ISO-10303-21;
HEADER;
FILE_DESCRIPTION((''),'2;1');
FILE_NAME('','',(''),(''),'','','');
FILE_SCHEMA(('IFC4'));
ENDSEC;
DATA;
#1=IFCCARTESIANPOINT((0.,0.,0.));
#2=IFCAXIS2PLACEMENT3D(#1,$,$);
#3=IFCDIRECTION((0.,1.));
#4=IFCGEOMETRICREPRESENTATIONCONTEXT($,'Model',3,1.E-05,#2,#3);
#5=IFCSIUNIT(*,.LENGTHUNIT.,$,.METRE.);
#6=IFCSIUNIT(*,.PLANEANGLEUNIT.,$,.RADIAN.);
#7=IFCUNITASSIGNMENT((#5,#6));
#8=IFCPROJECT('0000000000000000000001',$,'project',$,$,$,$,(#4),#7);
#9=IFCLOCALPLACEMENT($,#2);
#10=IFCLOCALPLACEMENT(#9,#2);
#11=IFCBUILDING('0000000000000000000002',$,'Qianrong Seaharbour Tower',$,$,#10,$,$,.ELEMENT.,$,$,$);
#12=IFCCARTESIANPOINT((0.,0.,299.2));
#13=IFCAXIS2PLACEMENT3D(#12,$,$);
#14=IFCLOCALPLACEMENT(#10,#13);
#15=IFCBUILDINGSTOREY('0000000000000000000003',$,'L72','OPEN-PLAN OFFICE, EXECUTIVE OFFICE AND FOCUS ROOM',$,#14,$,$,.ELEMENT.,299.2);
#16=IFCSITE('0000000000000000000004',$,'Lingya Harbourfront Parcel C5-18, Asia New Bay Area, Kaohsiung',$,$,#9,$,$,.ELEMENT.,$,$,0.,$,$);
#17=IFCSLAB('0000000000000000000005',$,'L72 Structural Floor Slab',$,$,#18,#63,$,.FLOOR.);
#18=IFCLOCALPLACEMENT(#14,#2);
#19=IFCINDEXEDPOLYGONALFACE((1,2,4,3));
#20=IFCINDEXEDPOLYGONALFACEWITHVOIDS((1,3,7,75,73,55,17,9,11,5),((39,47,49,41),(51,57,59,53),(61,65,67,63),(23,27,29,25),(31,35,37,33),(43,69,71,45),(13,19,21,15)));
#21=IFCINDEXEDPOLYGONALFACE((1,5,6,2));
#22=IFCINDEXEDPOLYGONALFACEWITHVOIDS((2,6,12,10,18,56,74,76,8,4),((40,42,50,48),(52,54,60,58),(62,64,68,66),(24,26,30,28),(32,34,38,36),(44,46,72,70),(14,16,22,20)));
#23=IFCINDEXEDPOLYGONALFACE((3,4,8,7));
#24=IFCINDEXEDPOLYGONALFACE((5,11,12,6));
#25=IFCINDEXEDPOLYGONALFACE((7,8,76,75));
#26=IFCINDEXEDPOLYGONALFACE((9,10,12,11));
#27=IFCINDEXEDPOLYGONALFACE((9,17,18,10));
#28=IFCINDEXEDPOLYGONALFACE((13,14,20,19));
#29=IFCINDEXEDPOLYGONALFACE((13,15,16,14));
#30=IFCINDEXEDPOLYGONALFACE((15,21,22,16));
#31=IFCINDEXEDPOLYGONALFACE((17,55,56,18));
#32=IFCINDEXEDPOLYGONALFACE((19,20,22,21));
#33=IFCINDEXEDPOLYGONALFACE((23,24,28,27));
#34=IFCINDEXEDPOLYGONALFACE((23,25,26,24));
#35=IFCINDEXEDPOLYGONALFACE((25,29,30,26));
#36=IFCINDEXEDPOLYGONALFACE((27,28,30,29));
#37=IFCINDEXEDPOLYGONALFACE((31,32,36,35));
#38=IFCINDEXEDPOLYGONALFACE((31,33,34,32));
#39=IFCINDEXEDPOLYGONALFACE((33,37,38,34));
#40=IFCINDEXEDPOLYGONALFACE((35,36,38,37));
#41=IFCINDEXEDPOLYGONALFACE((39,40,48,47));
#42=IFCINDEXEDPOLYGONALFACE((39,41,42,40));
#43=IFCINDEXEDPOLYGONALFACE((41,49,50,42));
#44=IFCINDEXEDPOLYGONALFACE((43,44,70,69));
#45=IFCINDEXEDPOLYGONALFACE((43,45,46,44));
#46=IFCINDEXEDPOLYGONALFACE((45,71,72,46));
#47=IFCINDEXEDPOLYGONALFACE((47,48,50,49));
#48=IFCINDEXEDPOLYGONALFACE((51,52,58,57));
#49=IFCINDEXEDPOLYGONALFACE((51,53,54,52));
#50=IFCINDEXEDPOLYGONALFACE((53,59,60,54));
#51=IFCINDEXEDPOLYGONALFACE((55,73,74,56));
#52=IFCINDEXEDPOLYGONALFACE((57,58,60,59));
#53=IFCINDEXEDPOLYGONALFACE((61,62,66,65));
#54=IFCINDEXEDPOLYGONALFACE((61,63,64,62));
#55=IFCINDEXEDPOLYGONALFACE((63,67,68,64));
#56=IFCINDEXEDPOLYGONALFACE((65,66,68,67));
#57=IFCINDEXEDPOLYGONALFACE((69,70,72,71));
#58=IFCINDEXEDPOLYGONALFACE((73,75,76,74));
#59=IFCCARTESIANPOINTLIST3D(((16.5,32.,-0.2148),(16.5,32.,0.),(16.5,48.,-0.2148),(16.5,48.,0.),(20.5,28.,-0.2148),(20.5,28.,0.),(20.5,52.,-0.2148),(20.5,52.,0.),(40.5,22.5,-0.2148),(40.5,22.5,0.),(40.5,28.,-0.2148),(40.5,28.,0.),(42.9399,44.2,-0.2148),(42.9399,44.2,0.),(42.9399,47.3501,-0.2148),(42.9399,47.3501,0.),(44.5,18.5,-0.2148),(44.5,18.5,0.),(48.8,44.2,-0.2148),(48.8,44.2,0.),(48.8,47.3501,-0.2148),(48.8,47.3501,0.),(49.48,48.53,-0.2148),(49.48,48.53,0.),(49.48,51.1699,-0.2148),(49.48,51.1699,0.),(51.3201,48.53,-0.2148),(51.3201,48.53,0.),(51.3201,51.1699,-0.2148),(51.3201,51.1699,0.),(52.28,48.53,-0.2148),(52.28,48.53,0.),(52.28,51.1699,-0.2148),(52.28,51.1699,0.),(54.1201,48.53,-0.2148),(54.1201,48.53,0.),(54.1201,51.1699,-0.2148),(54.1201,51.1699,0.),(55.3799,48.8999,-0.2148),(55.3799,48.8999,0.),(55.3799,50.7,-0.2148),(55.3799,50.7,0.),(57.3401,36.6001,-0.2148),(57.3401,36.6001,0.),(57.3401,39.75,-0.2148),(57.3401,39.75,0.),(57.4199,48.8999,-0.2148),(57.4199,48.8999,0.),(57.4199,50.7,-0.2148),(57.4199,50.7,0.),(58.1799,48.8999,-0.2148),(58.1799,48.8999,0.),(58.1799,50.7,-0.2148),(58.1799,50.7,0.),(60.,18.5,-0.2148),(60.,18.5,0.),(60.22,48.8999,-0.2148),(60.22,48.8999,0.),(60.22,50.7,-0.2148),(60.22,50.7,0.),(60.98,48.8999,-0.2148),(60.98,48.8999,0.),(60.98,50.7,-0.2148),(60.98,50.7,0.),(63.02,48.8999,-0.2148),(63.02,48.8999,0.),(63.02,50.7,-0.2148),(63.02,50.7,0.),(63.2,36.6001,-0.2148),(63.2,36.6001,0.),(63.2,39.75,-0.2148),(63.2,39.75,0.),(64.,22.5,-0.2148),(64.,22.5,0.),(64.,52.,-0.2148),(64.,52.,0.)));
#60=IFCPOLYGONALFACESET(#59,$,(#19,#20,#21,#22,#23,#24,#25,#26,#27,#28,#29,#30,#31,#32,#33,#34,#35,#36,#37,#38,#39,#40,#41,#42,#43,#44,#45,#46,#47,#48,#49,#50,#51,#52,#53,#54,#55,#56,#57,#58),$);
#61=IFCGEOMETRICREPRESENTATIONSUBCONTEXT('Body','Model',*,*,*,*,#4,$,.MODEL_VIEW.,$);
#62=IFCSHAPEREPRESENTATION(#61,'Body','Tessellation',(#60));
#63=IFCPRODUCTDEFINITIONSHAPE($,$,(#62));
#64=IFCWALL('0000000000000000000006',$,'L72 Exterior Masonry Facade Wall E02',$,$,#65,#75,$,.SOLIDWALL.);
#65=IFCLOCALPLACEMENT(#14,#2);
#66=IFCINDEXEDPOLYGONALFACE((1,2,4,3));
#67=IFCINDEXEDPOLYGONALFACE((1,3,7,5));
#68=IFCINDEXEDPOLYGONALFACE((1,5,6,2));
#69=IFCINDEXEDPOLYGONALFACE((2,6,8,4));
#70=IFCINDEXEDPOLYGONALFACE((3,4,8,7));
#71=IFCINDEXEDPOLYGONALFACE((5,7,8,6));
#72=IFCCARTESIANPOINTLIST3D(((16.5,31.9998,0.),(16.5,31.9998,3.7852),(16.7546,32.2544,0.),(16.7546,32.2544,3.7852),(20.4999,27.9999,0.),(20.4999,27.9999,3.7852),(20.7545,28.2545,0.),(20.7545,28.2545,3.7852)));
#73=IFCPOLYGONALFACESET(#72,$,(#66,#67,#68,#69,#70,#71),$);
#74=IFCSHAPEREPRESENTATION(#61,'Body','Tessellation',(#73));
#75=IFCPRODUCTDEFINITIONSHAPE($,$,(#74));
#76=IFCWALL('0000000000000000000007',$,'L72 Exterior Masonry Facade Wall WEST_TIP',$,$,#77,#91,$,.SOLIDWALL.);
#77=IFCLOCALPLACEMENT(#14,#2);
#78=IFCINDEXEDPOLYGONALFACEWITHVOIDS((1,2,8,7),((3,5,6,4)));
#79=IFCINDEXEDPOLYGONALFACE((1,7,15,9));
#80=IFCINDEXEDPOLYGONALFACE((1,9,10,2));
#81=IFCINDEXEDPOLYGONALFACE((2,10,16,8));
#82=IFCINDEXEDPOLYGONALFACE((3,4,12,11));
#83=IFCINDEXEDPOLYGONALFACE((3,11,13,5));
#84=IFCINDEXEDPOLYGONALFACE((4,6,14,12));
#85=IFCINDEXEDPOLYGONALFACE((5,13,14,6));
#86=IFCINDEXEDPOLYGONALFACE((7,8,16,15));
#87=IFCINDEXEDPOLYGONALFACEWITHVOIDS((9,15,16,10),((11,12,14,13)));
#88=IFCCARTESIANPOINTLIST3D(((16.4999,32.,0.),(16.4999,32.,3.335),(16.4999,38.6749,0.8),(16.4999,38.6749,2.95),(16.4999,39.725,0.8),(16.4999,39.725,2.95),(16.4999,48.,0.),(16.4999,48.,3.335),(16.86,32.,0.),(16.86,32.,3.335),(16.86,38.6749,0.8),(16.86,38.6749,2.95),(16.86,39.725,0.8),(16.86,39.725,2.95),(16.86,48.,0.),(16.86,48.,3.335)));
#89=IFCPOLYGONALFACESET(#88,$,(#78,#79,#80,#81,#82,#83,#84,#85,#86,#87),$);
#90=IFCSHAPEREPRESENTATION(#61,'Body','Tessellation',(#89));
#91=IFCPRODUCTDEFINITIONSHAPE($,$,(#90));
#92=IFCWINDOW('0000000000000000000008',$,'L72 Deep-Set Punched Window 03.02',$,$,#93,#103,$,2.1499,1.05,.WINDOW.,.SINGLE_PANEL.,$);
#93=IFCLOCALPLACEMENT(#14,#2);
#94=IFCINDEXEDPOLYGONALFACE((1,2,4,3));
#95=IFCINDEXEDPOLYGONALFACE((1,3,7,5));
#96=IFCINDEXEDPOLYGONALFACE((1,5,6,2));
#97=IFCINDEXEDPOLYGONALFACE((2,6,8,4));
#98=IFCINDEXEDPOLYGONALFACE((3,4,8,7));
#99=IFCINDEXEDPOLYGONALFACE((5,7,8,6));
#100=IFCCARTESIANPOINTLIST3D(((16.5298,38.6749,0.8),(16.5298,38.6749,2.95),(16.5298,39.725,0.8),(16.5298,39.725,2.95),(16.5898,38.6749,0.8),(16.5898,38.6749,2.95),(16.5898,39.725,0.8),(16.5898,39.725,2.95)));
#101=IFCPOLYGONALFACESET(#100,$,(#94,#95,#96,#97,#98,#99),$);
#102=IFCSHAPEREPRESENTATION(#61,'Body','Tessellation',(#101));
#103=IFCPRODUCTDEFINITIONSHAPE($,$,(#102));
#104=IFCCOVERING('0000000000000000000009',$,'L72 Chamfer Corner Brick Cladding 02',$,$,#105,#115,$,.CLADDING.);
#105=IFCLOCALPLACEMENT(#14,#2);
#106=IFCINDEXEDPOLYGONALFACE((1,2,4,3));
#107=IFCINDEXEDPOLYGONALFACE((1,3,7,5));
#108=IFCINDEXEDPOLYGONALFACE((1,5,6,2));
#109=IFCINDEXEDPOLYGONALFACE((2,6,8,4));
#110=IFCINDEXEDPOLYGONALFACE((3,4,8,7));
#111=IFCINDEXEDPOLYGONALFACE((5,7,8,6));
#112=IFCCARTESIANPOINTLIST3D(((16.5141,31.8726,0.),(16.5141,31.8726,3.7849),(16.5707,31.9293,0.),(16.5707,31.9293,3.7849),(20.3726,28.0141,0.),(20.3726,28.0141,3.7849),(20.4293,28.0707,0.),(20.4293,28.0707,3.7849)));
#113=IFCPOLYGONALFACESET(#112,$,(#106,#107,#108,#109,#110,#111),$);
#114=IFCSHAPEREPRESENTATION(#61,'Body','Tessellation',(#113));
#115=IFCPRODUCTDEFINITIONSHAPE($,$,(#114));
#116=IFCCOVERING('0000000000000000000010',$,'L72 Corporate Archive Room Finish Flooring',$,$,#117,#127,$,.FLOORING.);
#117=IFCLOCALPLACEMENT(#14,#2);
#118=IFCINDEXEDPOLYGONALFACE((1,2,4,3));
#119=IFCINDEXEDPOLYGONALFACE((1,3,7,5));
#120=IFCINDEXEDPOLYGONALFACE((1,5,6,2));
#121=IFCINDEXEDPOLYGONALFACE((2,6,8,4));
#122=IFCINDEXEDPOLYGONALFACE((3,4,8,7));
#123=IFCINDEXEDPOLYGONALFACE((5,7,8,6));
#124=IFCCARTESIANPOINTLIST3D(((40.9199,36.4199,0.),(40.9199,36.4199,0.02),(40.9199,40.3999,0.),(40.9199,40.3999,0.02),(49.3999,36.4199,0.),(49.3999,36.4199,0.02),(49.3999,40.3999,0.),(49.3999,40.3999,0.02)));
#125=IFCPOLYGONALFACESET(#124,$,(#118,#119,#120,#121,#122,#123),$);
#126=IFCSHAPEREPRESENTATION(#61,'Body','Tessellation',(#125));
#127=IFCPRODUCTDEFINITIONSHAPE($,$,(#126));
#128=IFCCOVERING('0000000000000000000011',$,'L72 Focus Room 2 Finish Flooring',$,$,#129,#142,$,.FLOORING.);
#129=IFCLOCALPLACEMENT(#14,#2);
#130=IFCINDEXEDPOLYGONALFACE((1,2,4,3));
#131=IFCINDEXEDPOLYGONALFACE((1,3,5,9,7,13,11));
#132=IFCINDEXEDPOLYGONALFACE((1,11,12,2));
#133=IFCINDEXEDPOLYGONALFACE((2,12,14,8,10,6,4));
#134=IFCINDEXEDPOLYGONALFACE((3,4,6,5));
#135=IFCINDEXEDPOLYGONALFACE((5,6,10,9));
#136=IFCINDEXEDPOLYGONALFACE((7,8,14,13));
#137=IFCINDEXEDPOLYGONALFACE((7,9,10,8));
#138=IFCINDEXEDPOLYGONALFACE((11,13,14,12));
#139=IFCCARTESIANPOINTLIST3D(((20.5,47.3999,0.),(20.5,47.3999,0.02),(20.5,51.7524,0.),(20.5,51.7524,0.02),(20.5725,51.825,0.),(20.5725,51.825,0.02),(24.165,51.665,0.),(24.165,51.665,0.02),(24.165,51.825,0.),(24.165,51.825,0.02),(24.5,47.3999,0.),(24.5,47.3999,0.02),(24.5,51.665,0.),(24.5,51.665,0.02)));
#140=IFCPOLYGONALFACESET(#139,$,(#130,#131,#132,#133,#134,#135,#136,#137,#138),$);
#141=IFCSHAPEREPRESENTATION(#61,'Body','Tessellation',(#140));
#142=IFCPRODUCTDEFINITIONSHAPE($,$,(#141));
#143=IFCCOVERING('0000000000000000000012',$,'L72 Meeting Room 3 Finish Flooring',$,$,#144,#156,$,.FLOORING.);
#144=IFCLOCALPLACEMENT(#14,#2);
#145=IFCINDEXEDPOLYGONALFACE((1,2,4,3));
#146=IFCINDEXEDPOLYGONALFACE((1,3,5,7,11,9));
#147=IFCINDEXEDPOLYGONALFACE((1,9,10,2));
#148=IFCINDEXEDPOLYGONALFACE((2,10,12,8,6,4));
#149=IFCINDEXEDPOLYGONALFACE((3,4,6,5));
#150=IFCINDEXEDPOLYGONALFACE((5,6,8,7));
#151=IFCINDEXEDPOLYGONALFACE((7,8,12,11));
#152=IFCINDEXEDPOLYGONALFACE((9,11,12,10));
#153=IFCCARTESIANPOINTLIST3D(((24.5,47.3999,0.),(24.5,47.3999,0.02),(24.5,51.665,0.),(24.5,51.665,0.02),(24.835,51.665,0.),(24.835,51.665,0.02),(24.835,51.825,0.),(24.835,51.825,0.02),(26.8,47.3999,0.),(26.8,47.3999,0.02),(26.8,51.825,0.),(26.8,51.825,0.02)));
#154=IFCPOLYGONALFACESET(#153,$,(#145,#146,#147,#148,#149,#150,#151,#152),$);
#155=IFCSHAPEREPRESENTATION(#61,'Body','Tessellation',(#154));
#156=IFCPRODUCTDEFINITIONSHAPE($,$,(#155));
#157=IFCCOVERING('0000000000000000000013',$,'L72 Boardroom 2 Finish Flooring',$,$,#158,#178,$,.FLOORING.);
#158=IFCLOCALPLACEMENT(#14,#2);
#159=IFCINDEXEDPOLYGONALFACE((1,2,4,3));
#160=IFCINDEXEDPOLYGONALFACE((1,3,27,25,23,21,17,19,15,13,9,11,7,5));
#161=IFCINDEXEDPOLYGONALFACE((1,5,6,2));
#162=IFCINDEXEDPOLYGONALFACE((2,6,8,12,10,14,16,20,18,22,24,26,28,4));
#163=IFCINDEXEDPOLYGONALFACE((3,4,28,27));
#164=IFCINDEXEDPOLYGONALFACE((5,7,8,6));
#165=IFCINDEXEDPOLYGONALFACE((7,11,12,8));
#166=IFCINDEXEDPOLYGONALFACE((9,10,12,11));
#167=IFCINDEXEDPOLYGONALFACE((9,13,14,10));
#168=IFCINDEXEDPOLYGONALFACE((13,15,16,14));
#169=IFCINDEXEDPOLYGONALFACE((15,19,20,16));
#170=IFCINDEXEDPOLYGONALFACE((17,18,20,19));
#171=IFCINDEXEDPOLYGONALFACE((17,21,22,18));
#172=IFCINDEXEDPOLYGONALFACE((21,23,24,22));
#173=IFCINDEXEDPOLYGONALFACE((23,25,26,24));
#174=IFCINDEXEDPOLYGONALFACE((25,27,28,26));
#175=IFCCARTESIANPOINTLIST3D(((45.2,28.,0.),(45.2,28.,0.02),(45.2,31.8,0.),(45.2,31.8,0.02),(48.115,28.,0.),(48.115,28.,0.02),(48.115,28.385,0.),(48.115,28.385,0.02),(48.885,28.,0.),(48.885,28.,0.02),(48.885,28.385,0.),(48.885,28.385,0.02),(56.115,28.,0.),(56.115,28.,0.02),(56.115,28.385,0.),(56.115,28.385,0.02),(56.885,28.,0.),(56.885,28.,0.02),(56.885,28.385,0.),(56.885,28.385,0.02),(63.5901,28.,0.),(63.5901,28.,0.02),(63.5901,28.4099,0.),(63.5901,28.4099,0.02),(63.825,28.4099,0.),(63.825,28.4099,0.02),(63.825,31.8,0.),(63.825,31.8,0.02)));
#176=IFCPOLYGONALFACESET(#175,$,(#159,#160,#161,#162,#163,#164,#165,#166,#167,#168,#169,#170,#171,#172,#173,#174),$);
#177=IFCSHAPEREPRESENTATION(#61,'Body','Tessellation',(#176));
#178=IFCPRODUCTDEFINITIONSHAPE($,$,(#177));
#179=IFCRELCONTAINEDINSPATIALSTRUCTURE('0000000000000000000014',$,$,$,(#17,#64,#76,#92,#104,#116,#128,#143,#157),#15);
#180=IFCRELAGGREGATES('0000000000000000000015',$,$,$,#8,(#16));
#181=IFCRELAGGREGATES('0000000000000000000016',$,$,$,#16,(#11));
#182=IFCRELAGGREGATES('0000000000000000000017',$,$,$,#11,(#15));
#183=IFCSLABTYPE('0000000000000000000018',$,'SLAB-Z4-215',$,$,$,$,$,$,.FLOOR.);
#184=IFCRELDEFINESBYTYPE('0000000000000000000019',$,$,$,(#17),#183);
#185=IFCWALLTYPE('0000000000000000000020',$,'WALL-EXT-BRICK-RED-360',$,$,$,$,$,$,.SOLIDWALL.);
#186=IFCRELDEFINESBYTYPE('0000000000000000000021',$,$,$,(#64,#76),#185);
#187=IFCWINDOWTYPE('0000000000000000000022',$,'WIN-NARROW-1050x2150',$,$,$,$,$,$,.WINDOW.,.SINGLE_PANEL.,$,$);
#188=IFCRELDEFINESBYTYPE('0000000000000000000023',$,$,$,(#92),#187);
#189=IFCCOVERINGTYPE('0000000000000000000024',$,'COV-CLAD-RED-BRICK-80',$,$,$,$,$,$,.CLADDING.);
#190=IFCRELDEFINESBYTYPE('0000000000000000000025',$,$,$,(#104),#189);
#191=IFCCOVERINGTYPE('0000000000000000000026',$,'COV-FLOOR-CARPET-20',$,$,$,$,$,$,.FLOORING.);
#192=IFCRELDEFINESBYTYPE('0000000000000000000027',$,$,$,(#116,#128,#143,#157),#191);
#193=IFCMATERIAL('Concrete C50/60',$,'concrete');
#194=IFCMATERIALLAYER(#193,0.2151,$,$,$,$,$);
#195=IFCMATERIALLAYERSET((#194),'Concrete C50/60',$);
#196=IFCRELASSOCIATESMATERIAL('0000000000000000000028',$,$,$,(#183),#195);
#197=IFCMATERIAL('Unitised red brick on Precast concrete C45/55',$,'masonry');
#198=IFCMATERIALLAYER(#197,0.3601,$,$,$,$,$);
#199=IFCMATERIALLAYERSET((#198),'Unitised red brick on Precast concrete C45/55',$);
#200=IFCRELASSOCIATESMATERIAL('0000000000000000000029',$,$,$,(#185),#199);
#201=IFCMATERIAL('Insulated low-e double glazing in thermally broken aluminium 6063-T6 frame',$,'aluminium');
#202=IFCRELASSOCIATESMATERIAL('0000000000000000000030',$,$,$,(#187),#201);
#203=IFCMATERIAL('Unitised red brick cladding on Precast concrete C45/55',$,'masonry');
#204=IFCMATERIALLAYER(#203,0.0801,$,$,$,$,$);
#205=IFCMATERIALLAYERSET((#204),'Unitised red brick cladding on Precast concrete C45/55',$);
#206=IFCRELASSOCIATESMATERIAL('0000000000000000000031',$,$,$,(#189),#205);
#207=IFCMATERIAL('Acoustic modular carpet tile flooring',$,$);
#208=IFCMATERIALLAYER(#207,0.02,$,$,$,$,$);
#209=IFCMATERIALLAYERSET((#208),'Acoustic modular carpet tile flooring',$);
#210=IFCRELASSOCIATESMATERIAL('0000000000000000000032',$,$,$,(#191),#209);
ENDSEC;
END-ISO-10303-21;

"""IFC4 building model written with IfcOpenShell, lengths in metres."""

from ifc_helpers import new_model, si_unit, direction, frame, frame_2d, origin, origin_2d, place, context, subcontext, project, spatial, polyline, rectangle, outline, extrude, material, layer, layer_set, type_object, element, fill, save


model = new_model("IFC4")

# Units and contexts
model_context = context("Model", 3, precision=1e-05, world=origin(), true_north=direction((0.0, 1.0)))
body_context = subcontext(model_context, "Body", "Model", "MODEL_VIEW")
ifc_project = project(units=[si_unit("LENGTHUNIT", "METRE"), si_unit("PLANEANGLEUNIT", "RADIAN")], contexts=[model_context])

# Site, building, storey
site_placement = place(None, origin())
site = spatial("IfcSite", under=ifc_project, at=site_placement, Name="Lingya Harbourfront Parcel C5-18, Asia New Bay Area, Kaohsiung", CompositionType="ELEMENT", RefElevation=0.0)
building_placement = place(site_placement, origin())
building = spatial("IfcBuilding", under=site, at=building_placement, Name="Qianrong Seaharbour Tower", CompositionType="ELEMENT")
storey_placement = place(building_placement, frame((0.0, 0.0, 299.2)))
storey = spatial("IfcBuildingStorey", under=building, at=storey_placement, Name="L72", Description="OPEN-PLAN OFFICE, EXECUTIVE OFFICE AND FOCUS ROOM", CompositionType="ELEMENT", Elevation=299.2)

# Shared definitions
ifc_material_1 = material(Name="Concrete C50/60", Category="concrete")

# Slab
ifc_layer_1 = layer(ifc_material_1, 0.2151)
ifc_layer_set_1 = layer_set([ifc_layer_1], Name="Concrete C50/60")
slab_type_1 = type_object("IfcSlabType", Name="SLAB-Z4-215", PredefinedType="FLOOR", material=ifc_layer_set_1)
slab_1_placement = place(storey_placement, frame((0.0, 0.0, -0.2148)))
element("IfcSlab", 1, at=slab_1_placement, inside=storey, type_object=slab_type_1, Name="L72 Structural Floor Slab", PredefinedType="FLOOR", context=body_context, shape_type="SweptSolid", body=[
    extrude(outline(polyline([(44.5, 18.5), (60.0, 18.5), (64.0, 22.5), (64.0, 52.0), (20.5, 52.0), (16.5, 48.0), (16.5, 32.0), (20.5, 28.0), (40.5, 28.0), (40.5, 22.5), (44.5, 18.5)]), holes=[polyline([(42.9399, 44.2), (42.9399, 47.3501), (48.8, 47.3501), (48.8, 44.2), (42.9399, 44.2)]), polyline([(57.3401, 36.6001), (57.3401, 39.75), (63.2, 39.75), (63.2, 36.6001), (57.3401, 36.6001)]), polyline([(49.48, 48.53), (49.48, 51.1699), (51.3201, 51.1699), (51.3201, 48.53), (49.48, 48.53)]), polyline([(52.28, 48.53), (52.28, 51.1699), (54.1201, 51.1699), (54.1201, 48.53), (52.28, 48.53)]), polyline([(55.3799, 48.8999), (55.3799, 50.7), (57.4199, 50.7), (57.4199, 48.8999), (55.3799, 48.8999)]), polyline([(58.1799, 48.8999), (58.1799, 50.7), (60.22, 50.7), (60.22, 48.8999), (58.1799, 48.8999)]), polyline([(60.98, 48.8999), (60.98, 50.7), (63.02, 50.7), (63.02, 48.8999), (60.98, 48.8999)])]), origin(), (0.0, 0.0, 1.0), 0.2148),
])

# Wall
ifc_material_2 = material(Name="Unitised red brick on Precast concrete C45/55", Category="masonry")
ifc_layer_2 = layer(ifc_material_2, 0.3601)
ifc_layer_set_2 = layer_set([ifc_layer_2], Name="Unitised red brick on Precast concrete C45/55")
wall_type = type_object("IfcWallType", Name="WALL-EXT-BRICK-RED-360", PredefinedType="SOLIDWALL", material=ifc_layer_set_2)
wall_1_placement = place(storey_placement, frame((20.6272, 28.1272, 0.0), z_axis=(0.0, 0.0, 1.0), x_axis=(-0.707107, 0.707107, 0.0)))
element("IfcWall", 2, at=wall_1_placement, inside=storey, type_object=wall_type, Name="L72 Exterior Masonry Facade Wall E02", PredefinedType="SOLIDWALL", context=body_context, shape_type="SweptSolid", body=[
    extrude(rectangle(XDim=5.6567, YDim=0.3601, at=frame_2d((2.8284, 0.0))), origin(), (0.0, 0.0, 1.0), 3.7852),
])

# Wall, opening, window
wall_2_placement = place(storey_placement, frame((16.6799, 32.0, 0.0), z_axis=(0.0, 0.0, 1.0), x_axis=(0.0, 1.0, 0.0)))
wall_2 = element("IfcWall", 3, at=wall_2_placement, inside=storey, type_object=wall_type, Name="L72 Exterior Masonry Facade Wall WEST_TIP", PredefinedType="SOLIDWALL", context=body_context, shape_type="SweptSolid", body=[
    extrude(rectangle(XDim=16.0, YDim=0.3601, at=frame_2d((8.0, 0.0))), origin(), (0.0, 0.0, 1.0), 3.335),
])
opening_placement = place(wall_2_placement, frame((6.675, 0.0, 0.8)))
opening = element("IfcOpeningElement", 4, at=opening_placement, cuts=wall_2, PredefinedType="OPENING", context=body_context, shape_type="SweptSolid", body=[
    extrude(rectangle(XDim=1.05, YDim=2.1499, at=frame_2d((0.5249, 1.075))), frame((0.0, 0.1899, 0.0), z_axis=(0.0, -1.0, 0.0), x_axis=(1.0, 0.0, 0.0)), (0.0, 0.0, 1.0), 0.3801),
])
ifc_material_3 = material(Name="Insulated low-e double glazing in thermally broken aluminium 6063-T6 frame", Category="aluminium")
window_type = type_object("IfcWindowType", Name="WIN-NARROW-1050x2150", PartitioningType="SINGLE_PANEL", PredefinedType="WINDOW", material=ifc_material_3)
window_placement = place(opening_placement, origin())
window = element("IfcWindow", 5, at=window_placement, inside=storey, type_object=window_type, Name="L72 Deep-Set Punched Window 03.02", OverallHeight=2.1499, OverallWidth=1.05, PartitioningType="SINGLE_PANEL", PredefinedType="WINDOW", context=body_context, shape_type="SweptSolid", body=[
    extrude(rectangle(XDim=1.05, YDim=2.1499, at=frame_2d((0.5249, 1.075))), frame((0.0, 0.1501, 0.0), z_axis=(0.0, -1.0, 0.0), x_axis=(1.0, 0.0, 0.0)), (0.0, 0.0, 1.0), 0.0601),
])
fill(opening, window)

# Coverings
ifc_material_4 = material(Name="Unitised red brick cladding on Precast concrete C45/55", Category="masonry")
ifc_layer_3 = layer(ifc_material_4, 0.0801)
ifc_layer_set_3 = layer_set([ifc_layer_3], Name="Unitised red brick cladding on Precast concrete C45/55")
covering_type_1 = type_object("IfcCoveringType", Name="COV-CLAD-RED-BRICK-80", PredefinedType="CLADDING", material=ifc_layer_set_3)
covering_1_placement = place(storey_placement, frame((18.4717, 29.9717, 0.0), z_axis=(0.0, 0.0, 1.0), x_axis=(-0.707107, 0.707107, 0.0)))
element("IfcCovering", 6, at=covering_1_placement, inside=storey, type_object=covering_type_1, Name="L72 Chamfer Corner Brick Cladding 02", PredefinedType="CLADDING", context=body_context, shape_type="SweptSolid", body=[
    extrude(rectangle(XDim=5.4568, YDim=0.0801, at=origin_2d()), origin(), (0.0, 0.0, 1.0), 3.7849),
])
ifc_material_5 = material(Name="Acoustic modular carpet tile flooring")
ifc_layer_4 = layer(ifc_material_5, 0.02)
ifc_layer_set_4 = layer_set([ifc_layer_4], Name="Acoustic modular carpet tile flooring")
covering_type_2 = type_object("IfcCoveringType", Name="COV-FLOOR-CARPET-20", PredefinedType="FLOORING", material=ifc_layer_set_4)
covering_2_placement = place(storey_placement, origin())
element("IfcCovering", 7, at=covering_2_placement, inside=storey, type_object=covering_type_2, Name="L72 Corporate Archive Room Finish Flooring", PredefinedType="FLOORING", context=body_context, shape_type="SweptSolid", body=[
    extrude(outline(polyline([(49.3999, 40.3999), (49.3999, 36.4199), (40.9199, 36.4199), (40.9199, 40.3999), (49.3999, 40.3999)])), origin(), (0.0, 0.0, 1.0), 0.02),
])
covering_3_placement = place(storey_placement, origin())
element("IfcCovering", 8, at=covering_3_placement, inside=storey, type_object=covering_type_2, Name="L72 Focus Room 2 Finish Flooring", PredefinedType="FLOORING", context=body_context, shape_type="SweptSolid", body=[
    extrude(outline(polyline([(20.5, 51.7524), (20.5725, 51.825), (24.165, 51.825), (24.165, 51.665), (24.5, 51.665), (24.5, 47.3999), (20.5, 47.3999), (20.5, 51.7524)])), origin(), (0.0, 0.0, 1.0), 0.02),
])
covering_4_placement = place(storey_placement, origin())
element("IfcCovering", 9, at=covering_4_placement, inside=storey, type_object=covering_type_2, Name="L72 Meeting Room 3 Finish Flooring", PredefinedType="FLOORING", context=body_context, shape_type="SweptSolid", body=[
    extrude(outline(polyline([(24.5, 51.665), (24.835, 51.665), (24.835, 51.825), (26.8, 51.825), (26.8, 47.3999), (24.5, 47.3999), (24.5, 51.665)])), origin(), (0.0, 0.0, 1.0), 0.02),
])
covering_5_placement = place(storey_placement, origin())
element("IfcCovering", 10, at=covering_5_placement, inside=storey, type_object=covering_type_2, Name="L72 Boardroom 2 Finish Flooring", PredefinedType="FLOORING", context=body_context, shape_type="SweptSolid", body=[
    extrude(outline(polyline([(63.825, 31.8), (63.825, 28.4099), (63.5901, 28.4099), (63.5901, 28.0), (56.885, 28.0), (56.885, 28.385), (56.115, 28.385), (56.115, 28.0), (48.885, 28.0), (48.885, 28.385), (48.115, 28.385), (48.115, 28.0), (45.2, 28.0), (45.2, 31.8), (63.825, 31.8)])), origin(), (0.0, 0.0, 1.0), 0.02),
])

save(model, "model.ifc")
